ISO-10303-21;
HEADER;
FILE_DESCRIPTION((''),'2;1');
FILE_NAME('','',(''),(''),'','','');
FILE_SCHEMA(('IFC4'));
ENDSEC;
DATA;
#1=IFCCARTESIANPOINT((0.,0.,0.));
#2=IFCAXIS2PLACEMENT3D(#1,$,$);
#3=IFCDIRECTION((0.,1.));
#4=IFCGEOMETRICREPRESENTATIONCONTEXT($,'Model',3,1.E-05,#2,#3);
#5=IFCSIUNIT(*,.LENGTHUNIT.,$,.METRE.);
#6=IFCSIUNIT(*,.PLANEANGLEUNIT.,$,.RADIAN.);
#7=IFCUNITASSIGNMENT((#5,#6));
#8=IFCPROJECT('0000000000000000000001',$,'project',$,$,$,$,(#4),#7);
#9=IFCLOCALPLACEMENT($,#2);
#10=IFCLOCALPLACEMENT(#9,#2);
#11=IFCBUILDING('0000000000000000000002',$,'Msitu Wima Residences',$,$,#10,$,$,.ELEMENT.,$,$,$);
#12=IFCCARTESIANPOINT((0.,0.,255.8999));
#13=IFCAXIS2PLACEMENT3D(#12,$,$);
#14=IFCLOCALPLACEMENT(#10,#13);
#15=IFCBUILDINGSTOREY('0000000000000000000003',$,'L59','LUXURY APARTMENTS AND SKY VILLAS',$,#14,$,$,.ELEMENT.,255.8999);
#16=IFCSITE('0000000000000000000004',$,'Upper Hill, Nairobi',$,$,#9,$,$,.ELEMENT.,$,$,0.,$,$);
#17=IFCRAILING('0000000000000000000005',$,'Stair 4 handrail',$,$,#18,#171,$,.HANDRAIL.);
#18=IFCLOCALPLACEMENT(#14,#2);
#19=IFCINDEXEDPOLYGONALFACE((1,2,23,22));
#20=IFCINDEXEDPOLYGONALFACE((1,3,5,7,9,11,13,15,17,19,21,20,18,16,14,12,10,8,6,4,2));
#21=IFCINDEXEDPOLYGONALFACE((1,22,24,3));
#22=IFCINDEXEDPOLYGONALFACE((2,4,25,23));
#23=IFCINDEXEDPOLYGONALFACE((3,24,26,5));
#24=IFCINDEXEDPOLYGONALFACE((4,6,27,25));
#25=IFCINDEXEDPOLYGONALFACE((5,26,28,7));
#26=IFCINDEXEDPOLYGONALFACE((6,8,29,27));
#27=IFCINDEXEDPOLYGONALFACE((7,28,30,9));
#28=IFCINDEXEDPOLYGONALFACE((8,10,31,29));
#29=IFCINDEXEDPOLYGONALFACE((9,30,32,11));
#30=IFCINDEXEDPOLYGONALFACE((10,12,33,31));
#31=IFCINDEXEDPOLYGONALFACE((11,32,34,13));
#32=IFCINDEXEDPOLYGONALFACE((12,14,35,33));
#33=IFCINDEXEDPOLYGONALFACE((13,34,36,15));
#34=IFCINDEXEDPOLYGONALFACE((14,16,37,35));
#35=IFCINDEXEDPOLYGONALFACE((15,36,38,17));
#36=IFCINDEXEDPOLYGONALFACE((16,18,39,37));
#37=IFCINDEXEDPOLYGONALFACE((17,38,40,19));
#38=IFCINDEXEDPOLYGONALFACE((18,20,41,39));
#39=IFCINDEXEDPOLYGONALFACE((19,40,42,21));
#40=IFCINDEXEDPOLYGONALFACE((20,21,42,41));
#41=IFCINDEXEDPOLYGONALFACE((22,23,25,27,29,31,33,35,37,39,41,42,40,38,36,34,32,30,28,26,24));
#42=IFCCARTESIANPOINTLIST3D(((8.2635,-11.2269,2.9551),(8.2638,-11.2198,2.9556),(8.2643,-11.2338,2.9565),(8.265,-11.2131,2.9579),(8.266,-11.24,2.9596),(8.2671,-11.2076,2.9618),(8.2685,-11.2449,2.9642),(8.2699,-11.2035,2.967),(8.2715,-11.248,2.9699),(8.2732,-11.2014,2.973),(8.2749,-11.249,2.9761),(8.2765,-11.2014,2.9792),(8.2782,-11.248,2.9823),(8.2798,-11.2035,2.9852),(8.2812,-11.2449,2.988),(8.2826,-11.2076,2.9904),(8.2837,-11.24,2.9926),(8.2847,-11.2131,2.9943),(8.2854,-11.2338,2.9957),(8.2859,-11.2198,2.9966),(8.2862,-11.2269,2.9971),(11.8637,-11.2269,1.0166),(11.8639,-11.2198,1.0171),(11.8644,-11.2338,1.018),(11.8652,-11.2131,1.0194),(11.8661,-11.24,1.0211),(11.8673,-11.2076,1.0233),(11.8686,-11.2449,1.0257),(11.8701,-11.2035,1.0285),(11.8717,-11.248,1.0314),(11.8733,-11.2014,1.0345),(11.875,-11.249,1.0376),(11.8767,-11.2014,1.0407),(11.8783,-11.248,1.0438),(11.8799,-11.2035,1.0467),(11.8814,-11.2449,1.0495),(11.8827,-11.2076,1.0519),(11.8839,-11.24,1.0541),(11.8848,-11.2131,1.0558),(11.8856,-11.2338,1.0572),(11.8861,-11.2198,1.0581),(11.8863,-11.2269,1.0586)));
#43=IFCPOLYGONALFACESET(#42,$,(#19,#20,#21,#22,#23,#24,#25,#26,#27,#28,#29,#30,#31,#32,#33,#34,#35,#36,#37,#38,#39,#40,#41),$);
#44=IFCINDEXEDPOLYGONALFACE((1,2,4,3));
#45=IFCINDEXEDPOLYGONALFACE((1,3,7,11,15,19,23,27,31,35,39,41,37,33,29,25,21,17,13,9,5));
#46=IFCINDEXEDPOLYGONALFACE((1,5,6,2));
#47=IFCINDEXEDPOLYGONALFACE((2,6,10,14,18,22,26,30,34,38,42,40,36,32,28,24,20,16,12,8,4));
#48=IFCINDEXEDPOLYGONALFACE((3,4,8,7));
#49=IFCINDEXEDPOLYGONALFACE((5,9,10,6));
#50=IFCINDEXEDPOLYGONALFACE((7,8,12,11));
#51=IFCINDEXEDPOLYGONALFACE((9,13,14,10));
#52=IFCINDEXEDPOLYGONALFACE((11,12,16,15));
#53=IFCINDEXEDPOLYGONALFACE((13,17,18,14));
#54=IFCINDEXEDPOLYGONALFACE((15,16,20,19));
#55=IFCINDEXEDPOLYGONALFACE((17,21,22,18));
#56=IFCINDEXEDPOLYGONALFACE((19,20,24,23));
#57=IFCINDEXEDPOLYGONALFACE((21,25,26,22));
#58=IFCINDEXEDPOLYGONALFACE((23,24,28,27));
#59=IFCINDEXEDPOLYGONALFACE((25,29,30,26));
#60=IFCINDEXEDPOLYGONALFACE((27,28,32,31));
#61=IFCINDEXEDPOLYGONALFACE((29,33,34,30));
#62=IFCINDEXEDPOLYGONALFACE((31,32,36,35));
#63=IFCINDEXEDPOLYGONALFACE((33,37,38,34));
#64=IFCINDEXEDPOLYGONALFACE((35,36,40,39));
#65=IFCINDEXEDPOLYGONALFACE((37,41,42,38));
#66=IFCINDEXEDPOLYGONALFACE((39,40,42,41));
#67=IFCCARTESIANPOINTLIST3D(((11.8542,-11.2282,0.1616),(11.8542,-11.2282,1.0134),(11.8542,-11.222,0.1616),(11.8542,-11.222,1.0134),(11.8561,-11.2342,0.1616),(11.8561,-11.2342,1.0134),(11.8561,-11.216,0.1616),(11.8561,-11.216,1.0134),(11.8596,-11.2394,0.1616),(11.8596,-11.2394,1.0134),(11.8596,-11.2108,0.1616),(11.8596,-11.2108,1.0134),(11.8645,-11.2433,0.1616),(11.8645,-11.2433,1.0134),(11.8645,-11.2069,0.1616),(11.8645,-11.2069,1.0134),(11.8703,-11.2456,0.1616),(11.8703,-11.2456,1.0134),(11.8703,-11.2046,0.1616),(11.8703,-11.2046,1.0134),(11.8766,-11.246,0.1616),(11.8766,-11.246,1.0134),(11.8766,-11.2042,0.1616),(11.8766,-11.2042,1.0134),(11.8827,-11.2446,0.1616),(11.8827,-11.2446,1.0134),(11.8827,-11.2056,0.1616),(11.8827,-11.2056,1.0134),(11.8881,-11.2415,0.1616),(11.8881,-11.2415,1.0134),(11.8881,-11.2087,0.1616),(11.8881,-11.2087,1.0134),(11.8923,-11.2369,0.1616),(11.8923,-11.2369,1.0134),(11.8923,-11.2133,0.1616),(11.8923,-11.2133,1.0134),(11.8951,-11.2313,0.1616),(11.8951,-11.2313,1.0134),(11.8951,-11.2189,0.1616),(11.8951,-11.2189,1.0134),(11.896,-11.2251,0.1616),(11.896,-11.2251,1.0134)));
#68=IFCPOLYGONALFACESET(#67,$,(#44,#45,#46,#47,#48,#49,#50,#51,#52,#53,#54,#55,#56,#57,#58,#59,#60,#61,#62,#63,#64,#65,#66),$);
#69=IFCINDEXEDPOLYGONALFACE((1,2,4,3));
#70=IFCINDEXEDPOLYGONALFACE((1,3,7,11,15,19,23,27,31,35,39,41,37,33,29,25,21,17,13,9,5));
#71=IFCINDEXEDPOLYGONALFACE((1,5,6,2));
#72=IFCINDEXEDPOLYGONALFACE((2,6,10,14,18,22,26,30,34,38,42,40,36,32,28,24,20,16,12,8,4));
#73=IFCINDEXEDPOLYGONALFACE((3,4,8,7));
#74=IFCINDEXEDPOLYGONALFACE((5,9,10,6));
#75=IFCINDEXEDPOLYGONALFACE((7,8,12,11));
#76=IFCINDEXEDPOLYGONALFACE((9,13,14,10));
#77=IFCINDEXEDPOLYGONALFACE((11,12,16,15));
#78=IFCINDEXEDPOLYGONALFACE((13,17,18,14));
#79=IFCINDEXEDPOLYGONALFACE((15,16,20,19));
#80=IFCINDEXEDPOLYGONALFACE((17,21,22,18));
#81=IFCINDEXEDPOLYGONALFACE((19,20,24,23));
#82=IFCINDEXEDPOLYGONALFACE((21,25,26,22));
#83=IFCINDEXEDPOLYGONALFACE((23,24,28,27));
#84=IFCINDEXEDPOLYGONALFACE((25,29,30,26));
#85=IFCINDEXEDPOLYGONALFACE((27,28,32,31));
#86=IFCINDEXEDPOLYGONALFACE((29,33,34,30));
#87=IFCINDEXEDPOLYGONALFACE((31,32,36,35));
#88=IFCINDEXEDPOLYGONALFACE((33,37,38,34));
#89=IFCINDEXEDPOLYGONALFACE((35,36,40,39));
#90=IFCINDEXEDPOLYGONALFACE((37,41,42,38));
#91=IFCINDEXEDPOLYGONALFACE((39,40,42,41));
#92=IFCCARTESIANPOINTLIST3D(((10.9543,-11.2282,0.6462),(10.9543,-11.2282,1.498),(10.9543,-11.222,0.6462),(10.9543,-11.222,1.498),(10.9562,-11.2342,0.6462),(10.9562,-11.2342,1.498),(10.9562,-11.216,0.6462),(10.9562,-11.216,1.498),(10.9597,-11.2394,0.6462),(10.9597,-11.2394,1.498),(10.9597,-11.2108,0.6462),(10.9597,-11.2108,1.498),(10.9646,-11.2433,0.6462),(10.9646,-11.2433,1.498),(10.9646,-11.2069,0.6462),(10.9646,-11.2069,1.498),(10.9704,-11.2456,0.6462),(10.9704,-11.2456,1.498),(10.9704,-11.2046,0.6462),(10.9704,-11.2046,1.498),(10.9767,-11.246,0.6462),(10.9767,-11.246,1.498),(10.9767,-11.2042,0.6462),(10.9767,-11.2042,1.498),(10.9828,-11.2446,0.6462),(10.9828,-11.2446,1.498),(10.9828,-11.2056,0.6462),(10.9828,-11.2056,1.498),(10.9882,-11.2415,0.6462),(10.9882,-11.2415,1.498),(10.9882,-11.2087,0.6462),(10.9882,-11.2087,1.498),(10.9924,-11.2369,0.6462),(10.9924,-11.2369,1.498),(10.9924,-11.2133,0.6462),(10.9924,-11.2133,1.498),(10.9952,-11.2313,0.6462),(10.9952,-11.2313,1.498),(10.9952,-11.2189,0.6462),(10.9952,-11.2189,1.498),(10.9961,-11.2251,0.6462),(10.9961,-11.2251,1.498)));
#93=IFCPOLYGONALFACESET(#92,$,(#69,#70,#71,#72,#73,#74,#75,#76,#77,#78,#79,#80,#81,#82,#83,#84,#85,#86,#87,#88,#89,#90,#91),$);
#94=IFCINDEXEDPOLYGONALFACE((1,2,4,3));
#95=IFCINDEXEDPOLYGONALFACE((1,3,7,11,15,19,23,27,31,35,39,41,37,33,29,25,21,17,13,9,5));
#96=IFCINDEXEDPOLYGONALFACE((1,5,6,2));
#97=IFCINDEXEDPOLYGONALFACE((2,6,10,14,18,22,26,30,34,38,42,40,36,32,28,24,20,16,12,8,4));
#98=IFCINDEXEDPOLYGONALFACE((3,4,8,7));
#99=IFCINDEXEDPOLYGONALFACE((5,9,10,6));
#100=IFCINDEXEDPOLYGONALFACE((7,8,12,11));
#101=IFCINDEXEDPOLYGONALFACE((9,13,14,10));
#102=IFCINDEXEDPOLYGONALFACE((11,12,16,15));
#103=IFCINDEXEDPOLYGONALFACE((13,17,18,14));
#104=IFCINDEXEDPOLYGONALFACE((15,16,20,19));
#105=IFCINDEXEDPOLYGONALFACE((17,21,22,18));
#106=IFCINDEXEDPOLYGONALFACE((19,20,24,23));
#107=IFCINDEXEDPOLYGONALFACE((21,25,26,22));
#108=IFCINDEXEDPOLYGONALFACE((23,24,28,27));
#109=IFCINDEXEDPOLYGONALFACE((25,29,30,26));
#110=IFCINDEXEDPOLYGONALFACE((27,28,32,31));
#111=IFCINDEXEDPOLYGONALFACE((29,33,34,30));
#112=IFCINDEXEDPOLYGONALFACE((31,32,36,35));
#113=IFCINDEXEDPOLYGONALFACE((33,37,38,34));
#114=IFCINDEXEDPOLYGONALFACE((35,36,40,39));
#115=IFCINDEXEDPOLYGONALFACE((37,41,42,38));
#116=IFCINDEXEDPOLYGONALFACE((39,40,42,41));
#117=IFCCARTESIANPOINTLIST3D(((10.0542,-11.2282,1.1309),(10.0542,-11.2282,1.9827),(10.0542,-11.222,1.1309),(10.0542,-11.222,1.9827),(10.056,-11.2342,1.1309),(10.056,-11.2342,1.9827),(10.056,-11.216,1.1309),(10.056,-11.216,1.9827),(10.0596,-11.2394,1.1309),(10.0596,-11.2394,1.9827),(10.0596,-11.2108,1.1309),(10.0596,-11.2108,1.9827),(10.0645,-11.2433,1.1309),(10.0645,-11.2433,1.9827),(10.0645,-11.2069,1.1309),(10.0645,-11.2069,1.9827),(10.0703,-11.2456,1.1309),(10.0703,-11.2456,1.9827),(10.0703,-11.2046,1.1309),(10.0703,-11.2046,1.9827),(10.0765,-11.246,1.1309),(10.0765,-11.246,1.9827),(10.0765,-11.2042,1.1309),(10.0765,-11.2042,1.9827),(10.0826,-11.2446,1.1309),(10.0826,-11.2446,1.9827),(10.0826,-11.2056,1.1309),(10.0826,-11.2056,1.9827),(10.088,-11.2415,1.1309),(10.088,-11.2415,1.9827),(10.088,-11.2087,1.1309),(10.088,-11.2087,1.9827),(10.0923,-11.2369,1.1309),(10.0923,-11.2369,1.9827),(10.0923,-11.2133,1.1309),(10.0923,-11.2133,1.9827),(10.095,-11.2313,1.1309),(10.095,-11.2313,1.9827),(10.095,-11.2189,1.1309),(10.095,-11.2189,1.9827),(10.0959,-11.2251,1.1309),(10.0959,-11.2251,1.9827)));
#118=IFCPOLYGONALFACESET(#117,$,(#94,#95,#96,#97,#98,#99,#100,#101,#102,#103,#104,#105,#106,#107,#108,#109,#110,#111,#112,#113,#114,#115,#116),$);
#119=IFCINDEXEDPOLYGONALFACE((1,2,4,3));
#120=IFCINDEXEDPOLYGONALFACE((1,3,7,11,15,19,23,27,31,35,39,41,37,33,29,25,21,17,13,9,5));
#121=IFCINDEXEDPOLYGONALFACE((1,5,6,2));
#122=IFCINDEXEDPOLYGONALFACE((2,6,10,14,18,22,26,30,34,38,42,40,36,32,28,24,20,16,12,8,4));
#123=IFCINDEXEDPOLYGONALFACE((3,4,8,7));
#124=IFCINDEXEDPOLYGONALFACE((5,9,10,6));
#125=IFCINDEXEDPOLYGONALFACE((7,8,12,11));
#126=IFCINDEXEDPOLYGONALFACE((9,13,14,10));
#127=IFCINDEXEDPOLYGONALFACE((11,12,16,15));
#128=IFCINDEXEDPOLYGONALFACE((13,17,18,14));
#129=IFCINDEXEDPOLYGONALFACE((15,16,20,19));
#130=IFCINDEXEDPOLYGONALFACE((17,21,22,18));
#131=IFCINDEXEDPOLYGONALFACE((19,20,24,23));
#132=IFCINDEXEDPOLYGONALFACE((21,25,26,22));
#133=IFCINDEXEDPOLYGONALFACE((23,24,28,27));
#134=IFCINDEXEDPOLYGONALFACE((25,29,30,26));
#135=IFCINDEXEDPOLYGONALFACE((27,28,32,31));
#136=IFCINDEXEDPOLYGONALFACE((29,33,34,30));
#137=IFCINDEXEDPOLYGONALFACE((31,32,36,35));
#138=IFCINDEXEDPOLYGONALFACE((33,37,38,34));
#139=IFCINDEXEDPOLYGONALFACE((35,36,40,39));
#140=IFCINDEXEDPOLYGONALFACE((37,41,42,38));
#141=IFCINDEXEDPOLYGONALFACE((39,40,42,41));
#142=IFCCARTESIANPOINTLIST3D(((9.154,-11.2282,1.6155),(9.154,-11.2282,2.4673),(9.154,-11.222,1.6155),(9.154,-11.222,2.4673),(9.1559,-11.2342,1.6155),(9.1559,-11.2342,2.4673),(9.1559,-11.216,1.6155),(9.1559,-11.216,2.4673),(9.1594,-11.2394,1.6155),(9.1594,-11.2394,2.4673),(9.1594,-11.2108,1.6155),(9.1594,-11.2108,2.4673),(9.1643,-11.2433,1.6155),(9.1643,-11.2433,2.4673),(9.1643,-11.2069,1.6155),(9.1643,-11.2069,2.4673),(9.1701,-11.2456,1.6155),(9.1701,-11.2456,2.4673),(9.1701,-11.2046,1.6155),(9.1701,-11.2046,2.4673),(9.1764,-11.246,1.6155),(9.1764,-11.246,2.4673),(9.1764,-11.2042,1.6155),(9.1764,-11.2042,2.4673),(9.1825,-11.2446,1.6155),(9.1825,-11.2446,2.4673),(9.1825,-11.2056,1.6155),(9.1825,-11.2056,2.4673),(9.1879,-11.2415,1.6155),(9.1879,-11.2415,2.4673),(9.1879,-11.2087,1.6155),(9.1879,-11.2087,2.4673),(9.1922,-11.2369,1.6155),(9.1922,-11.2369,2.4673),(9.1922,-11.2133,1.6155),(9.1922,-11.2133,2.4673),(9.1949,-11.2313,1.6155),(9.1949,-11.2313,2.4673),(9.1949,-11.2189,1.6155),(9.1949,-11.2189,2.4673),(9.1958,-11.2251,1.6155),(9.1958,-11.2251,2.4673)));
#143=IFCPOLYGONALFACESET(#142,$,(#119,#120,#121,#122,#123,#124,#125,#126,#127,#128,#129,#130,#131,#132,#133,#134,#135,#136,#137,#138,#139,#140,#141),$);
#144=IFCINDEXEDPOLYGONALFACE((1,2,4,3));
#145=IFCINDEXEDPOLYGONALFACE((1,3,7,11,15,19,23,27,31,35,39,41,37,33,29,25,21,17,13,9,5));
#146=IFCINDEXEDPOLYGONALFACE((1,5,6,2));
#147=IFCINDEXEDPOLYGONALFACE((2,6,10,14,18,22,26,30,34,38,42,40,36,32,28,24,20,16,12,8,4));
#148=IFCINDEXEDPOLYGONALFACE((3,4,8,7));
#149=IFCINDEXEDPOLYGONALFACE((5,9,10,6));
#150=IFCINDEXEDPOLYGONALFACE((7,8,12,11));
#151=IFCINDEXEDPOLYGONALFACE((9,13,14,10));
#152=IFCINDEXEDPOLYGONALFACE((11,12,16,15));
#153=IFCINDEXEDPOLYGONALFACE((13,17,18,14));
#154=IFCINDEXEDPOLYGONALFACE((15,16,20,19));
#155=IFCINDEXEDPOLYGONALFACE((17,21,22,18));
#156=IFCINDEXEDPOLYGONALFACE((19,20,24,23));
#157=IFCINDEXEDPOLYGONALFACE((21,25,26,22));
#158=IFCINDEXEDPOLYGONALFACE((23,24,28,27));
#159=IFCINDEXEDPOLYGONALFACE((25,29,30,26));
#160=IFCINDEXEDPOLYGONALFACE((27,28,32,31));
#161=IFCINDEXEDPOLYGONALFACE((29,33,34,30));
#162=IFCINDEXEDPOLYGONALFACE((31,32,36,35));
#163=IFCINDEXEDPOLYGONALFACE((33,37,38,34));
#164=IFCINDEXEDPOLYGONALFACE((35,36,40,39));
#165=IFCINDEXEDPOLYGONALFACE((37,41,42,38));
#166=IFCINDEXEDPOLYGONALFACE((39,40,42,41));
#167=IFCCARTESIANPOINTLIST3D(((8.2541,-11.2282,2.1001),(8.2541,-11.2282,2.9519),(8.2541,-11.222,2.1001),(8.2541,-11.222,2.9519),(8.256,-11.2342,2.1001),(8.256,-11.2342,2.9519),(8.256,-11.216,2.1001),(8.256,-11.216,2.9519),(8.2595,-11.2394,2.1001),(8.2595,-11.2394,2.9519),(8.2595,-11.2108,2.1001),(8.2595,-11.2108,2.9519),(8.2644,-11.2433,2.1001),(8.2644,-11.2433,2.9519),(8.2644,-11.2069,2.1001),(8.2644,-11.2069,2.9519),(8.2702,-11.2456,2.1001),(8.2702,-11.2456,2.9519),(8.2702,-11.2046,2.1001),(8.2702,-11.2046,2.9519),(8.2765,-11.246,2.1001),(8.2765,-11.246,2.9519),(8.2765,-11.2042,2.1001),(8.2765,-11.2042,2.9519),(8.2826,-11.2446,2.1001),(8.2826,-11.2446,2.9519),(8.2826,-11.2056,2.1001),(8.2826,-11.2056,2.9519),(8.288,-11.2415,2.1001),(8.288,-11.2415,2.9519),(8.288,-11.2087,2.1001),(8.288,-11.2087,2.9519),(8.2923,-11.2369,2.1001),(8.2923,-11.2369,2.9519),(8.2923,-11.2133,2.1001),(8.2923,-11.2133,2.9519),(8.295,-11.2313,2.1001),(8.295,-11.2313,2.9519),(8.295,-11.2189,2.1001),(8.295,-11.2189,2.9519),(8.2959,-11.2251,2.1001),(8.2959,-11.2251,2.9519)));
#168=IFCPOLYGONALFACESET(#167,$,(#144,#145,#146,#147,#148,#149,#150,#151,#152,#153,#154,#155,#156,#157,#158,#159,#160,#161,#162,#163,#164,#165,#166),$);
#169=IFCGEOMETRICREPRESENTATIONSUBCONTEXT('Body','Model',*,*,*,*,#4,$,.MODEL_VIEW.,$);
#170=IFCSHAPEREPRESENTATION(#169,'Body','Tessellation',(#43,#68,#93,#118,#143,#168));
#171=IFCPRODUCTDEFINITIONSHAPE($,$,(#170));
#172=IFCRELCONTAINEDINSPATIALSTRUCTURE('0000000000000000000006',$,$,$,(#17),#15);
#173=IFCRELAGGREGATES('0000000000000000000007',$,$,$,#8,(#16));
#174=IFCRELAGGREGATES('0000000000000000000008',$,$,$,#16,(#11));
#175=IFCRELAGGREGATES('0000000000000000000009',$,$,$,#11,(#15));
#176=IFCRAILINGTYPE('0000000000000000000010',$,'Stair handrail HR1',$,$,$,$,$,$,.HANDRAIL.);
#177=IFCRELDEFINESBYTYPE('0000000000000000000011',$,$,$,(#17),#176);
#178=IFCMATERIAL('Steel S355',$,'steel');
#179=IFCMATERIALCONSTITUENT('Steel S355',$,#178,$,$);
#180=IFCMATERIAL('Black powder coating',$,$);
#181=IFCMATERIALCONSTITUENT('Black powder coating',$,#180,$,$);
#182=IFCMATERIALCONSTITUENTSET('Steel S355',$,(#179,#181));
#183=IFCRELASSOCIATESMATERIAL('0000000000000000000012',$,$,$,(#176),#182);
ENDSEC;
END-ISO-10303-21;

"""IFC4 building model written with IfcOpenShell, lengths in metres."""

from ifc_helpers import new_model, si_unit, direction, frame, origin, origin_2d, place, context, subcontext, project, spatial, circle, extrude, material, constituent, constituent_set, type_object, element, save


model = new_model("IFC4")

# Units and contexts
model_context = context("Model", 3, precision=1e-05, world=origin(), true_north=direction((0.0, 1.0)))
body_context = subcontext(model_context, "Body", "Model", "MODEL_VIEW")
ifc_project = project(units=[si_unit("LENGTHUNIT", "METRE"), si_unit("PLANEANGLEUNIT", "RADIAN")], contexts=[model_context])

# Site, building, storey
site_placement = place(None, origin())
site = spatial("IfcSite", under=ifc_project, at=site_placement, Name="Upper Hill, Nairobi", CompositionType="ELEMENT", RefElevation=0.0)
building_placement = place(site_placement, origin())
building = spatial("IfcBuilding", under=site, at=building_placement, Name="Msitu Wima Residences", CompositionType="ELEMENT")
storey_placement = place(building_placement, frame((0.0, 0.0, 255.8999)))
storey = spatial("IfcBuildingStorey", under=building, at=storey_placement, Name="L59", Description="LUXURY APARTMENTS AND SKY VILLAS", CompositionType="ELEMENT", Elevation=255.8999)

# Railing
ifc_material_1 = material(Name="Steel S355", Category="steel")
ifc_constituent_1 = constituent(ifc_material_1, Name="Steel S355")
ifc_material_2 = material(Name="Black powder coating")
ifc_constituent_2 = constituent(ifc_material_2, Name="Black powder coating")
ifc_constituent_set = constituent_set(constituents=[ifc_constituent_1, ifc_constituent_2], Name="Steel S355")
railing_type = type_object("IfcRailingType", Name="Stair handrail HR1", PredefinedType="HANDRAIL", material=ifc_constituent_set)
for number, where, name in (
    (1, (11.875, -11.2251, 0.1616), "Stair 4 handrail"),
):
    element("IfcRailing", number, at=place(storey_placement, frame(where)), inside=storey, type_object=railing_type, Name=name, PredefinedType="HANDRAIL", context=body_context, shape_type="SweptSolid", body=[
        extrude(circle(Radius=0.0239, at=origin_2d()), frame((0.0, 0.0, 0.876), z_axis=(-0.880475, 0.0, 0.474093), x_axis=(0.0, -1.0, 0.0)), (0.0, 0.0, 1.0), 4.0889),
        extrude(circle(Radius=0.021, at=origin_2d()), origin(), (0.0, 0.0, 1.0), 0.8518),
        extrude(circle(Radius=0.021, at=origin_2d()), frame((-0.8999, 0.0, 0.4846)), (0.0, 0.0, 1.0), 0.8518),
        extrude(circle(Radius=0.021, at=origin_2d()), frame((-1.8, 0.0, 0.9692)), (0.0, 0.0, 1.0), 0.8518),
        extrude(circle(Radius=0.021, at=origin_2d()), frame((-2.7002, 0.0, 1.4539)), (0.0, 0.0, 1.0), 0.8518),
        extrude(circle(Radius=0.021, at=origin_2d()), frame((-3.6001, 0.0, 1.9385)), (0.0, 0.0, 1.0), 0.8518),
    ])

save(model, "model.ifc")
